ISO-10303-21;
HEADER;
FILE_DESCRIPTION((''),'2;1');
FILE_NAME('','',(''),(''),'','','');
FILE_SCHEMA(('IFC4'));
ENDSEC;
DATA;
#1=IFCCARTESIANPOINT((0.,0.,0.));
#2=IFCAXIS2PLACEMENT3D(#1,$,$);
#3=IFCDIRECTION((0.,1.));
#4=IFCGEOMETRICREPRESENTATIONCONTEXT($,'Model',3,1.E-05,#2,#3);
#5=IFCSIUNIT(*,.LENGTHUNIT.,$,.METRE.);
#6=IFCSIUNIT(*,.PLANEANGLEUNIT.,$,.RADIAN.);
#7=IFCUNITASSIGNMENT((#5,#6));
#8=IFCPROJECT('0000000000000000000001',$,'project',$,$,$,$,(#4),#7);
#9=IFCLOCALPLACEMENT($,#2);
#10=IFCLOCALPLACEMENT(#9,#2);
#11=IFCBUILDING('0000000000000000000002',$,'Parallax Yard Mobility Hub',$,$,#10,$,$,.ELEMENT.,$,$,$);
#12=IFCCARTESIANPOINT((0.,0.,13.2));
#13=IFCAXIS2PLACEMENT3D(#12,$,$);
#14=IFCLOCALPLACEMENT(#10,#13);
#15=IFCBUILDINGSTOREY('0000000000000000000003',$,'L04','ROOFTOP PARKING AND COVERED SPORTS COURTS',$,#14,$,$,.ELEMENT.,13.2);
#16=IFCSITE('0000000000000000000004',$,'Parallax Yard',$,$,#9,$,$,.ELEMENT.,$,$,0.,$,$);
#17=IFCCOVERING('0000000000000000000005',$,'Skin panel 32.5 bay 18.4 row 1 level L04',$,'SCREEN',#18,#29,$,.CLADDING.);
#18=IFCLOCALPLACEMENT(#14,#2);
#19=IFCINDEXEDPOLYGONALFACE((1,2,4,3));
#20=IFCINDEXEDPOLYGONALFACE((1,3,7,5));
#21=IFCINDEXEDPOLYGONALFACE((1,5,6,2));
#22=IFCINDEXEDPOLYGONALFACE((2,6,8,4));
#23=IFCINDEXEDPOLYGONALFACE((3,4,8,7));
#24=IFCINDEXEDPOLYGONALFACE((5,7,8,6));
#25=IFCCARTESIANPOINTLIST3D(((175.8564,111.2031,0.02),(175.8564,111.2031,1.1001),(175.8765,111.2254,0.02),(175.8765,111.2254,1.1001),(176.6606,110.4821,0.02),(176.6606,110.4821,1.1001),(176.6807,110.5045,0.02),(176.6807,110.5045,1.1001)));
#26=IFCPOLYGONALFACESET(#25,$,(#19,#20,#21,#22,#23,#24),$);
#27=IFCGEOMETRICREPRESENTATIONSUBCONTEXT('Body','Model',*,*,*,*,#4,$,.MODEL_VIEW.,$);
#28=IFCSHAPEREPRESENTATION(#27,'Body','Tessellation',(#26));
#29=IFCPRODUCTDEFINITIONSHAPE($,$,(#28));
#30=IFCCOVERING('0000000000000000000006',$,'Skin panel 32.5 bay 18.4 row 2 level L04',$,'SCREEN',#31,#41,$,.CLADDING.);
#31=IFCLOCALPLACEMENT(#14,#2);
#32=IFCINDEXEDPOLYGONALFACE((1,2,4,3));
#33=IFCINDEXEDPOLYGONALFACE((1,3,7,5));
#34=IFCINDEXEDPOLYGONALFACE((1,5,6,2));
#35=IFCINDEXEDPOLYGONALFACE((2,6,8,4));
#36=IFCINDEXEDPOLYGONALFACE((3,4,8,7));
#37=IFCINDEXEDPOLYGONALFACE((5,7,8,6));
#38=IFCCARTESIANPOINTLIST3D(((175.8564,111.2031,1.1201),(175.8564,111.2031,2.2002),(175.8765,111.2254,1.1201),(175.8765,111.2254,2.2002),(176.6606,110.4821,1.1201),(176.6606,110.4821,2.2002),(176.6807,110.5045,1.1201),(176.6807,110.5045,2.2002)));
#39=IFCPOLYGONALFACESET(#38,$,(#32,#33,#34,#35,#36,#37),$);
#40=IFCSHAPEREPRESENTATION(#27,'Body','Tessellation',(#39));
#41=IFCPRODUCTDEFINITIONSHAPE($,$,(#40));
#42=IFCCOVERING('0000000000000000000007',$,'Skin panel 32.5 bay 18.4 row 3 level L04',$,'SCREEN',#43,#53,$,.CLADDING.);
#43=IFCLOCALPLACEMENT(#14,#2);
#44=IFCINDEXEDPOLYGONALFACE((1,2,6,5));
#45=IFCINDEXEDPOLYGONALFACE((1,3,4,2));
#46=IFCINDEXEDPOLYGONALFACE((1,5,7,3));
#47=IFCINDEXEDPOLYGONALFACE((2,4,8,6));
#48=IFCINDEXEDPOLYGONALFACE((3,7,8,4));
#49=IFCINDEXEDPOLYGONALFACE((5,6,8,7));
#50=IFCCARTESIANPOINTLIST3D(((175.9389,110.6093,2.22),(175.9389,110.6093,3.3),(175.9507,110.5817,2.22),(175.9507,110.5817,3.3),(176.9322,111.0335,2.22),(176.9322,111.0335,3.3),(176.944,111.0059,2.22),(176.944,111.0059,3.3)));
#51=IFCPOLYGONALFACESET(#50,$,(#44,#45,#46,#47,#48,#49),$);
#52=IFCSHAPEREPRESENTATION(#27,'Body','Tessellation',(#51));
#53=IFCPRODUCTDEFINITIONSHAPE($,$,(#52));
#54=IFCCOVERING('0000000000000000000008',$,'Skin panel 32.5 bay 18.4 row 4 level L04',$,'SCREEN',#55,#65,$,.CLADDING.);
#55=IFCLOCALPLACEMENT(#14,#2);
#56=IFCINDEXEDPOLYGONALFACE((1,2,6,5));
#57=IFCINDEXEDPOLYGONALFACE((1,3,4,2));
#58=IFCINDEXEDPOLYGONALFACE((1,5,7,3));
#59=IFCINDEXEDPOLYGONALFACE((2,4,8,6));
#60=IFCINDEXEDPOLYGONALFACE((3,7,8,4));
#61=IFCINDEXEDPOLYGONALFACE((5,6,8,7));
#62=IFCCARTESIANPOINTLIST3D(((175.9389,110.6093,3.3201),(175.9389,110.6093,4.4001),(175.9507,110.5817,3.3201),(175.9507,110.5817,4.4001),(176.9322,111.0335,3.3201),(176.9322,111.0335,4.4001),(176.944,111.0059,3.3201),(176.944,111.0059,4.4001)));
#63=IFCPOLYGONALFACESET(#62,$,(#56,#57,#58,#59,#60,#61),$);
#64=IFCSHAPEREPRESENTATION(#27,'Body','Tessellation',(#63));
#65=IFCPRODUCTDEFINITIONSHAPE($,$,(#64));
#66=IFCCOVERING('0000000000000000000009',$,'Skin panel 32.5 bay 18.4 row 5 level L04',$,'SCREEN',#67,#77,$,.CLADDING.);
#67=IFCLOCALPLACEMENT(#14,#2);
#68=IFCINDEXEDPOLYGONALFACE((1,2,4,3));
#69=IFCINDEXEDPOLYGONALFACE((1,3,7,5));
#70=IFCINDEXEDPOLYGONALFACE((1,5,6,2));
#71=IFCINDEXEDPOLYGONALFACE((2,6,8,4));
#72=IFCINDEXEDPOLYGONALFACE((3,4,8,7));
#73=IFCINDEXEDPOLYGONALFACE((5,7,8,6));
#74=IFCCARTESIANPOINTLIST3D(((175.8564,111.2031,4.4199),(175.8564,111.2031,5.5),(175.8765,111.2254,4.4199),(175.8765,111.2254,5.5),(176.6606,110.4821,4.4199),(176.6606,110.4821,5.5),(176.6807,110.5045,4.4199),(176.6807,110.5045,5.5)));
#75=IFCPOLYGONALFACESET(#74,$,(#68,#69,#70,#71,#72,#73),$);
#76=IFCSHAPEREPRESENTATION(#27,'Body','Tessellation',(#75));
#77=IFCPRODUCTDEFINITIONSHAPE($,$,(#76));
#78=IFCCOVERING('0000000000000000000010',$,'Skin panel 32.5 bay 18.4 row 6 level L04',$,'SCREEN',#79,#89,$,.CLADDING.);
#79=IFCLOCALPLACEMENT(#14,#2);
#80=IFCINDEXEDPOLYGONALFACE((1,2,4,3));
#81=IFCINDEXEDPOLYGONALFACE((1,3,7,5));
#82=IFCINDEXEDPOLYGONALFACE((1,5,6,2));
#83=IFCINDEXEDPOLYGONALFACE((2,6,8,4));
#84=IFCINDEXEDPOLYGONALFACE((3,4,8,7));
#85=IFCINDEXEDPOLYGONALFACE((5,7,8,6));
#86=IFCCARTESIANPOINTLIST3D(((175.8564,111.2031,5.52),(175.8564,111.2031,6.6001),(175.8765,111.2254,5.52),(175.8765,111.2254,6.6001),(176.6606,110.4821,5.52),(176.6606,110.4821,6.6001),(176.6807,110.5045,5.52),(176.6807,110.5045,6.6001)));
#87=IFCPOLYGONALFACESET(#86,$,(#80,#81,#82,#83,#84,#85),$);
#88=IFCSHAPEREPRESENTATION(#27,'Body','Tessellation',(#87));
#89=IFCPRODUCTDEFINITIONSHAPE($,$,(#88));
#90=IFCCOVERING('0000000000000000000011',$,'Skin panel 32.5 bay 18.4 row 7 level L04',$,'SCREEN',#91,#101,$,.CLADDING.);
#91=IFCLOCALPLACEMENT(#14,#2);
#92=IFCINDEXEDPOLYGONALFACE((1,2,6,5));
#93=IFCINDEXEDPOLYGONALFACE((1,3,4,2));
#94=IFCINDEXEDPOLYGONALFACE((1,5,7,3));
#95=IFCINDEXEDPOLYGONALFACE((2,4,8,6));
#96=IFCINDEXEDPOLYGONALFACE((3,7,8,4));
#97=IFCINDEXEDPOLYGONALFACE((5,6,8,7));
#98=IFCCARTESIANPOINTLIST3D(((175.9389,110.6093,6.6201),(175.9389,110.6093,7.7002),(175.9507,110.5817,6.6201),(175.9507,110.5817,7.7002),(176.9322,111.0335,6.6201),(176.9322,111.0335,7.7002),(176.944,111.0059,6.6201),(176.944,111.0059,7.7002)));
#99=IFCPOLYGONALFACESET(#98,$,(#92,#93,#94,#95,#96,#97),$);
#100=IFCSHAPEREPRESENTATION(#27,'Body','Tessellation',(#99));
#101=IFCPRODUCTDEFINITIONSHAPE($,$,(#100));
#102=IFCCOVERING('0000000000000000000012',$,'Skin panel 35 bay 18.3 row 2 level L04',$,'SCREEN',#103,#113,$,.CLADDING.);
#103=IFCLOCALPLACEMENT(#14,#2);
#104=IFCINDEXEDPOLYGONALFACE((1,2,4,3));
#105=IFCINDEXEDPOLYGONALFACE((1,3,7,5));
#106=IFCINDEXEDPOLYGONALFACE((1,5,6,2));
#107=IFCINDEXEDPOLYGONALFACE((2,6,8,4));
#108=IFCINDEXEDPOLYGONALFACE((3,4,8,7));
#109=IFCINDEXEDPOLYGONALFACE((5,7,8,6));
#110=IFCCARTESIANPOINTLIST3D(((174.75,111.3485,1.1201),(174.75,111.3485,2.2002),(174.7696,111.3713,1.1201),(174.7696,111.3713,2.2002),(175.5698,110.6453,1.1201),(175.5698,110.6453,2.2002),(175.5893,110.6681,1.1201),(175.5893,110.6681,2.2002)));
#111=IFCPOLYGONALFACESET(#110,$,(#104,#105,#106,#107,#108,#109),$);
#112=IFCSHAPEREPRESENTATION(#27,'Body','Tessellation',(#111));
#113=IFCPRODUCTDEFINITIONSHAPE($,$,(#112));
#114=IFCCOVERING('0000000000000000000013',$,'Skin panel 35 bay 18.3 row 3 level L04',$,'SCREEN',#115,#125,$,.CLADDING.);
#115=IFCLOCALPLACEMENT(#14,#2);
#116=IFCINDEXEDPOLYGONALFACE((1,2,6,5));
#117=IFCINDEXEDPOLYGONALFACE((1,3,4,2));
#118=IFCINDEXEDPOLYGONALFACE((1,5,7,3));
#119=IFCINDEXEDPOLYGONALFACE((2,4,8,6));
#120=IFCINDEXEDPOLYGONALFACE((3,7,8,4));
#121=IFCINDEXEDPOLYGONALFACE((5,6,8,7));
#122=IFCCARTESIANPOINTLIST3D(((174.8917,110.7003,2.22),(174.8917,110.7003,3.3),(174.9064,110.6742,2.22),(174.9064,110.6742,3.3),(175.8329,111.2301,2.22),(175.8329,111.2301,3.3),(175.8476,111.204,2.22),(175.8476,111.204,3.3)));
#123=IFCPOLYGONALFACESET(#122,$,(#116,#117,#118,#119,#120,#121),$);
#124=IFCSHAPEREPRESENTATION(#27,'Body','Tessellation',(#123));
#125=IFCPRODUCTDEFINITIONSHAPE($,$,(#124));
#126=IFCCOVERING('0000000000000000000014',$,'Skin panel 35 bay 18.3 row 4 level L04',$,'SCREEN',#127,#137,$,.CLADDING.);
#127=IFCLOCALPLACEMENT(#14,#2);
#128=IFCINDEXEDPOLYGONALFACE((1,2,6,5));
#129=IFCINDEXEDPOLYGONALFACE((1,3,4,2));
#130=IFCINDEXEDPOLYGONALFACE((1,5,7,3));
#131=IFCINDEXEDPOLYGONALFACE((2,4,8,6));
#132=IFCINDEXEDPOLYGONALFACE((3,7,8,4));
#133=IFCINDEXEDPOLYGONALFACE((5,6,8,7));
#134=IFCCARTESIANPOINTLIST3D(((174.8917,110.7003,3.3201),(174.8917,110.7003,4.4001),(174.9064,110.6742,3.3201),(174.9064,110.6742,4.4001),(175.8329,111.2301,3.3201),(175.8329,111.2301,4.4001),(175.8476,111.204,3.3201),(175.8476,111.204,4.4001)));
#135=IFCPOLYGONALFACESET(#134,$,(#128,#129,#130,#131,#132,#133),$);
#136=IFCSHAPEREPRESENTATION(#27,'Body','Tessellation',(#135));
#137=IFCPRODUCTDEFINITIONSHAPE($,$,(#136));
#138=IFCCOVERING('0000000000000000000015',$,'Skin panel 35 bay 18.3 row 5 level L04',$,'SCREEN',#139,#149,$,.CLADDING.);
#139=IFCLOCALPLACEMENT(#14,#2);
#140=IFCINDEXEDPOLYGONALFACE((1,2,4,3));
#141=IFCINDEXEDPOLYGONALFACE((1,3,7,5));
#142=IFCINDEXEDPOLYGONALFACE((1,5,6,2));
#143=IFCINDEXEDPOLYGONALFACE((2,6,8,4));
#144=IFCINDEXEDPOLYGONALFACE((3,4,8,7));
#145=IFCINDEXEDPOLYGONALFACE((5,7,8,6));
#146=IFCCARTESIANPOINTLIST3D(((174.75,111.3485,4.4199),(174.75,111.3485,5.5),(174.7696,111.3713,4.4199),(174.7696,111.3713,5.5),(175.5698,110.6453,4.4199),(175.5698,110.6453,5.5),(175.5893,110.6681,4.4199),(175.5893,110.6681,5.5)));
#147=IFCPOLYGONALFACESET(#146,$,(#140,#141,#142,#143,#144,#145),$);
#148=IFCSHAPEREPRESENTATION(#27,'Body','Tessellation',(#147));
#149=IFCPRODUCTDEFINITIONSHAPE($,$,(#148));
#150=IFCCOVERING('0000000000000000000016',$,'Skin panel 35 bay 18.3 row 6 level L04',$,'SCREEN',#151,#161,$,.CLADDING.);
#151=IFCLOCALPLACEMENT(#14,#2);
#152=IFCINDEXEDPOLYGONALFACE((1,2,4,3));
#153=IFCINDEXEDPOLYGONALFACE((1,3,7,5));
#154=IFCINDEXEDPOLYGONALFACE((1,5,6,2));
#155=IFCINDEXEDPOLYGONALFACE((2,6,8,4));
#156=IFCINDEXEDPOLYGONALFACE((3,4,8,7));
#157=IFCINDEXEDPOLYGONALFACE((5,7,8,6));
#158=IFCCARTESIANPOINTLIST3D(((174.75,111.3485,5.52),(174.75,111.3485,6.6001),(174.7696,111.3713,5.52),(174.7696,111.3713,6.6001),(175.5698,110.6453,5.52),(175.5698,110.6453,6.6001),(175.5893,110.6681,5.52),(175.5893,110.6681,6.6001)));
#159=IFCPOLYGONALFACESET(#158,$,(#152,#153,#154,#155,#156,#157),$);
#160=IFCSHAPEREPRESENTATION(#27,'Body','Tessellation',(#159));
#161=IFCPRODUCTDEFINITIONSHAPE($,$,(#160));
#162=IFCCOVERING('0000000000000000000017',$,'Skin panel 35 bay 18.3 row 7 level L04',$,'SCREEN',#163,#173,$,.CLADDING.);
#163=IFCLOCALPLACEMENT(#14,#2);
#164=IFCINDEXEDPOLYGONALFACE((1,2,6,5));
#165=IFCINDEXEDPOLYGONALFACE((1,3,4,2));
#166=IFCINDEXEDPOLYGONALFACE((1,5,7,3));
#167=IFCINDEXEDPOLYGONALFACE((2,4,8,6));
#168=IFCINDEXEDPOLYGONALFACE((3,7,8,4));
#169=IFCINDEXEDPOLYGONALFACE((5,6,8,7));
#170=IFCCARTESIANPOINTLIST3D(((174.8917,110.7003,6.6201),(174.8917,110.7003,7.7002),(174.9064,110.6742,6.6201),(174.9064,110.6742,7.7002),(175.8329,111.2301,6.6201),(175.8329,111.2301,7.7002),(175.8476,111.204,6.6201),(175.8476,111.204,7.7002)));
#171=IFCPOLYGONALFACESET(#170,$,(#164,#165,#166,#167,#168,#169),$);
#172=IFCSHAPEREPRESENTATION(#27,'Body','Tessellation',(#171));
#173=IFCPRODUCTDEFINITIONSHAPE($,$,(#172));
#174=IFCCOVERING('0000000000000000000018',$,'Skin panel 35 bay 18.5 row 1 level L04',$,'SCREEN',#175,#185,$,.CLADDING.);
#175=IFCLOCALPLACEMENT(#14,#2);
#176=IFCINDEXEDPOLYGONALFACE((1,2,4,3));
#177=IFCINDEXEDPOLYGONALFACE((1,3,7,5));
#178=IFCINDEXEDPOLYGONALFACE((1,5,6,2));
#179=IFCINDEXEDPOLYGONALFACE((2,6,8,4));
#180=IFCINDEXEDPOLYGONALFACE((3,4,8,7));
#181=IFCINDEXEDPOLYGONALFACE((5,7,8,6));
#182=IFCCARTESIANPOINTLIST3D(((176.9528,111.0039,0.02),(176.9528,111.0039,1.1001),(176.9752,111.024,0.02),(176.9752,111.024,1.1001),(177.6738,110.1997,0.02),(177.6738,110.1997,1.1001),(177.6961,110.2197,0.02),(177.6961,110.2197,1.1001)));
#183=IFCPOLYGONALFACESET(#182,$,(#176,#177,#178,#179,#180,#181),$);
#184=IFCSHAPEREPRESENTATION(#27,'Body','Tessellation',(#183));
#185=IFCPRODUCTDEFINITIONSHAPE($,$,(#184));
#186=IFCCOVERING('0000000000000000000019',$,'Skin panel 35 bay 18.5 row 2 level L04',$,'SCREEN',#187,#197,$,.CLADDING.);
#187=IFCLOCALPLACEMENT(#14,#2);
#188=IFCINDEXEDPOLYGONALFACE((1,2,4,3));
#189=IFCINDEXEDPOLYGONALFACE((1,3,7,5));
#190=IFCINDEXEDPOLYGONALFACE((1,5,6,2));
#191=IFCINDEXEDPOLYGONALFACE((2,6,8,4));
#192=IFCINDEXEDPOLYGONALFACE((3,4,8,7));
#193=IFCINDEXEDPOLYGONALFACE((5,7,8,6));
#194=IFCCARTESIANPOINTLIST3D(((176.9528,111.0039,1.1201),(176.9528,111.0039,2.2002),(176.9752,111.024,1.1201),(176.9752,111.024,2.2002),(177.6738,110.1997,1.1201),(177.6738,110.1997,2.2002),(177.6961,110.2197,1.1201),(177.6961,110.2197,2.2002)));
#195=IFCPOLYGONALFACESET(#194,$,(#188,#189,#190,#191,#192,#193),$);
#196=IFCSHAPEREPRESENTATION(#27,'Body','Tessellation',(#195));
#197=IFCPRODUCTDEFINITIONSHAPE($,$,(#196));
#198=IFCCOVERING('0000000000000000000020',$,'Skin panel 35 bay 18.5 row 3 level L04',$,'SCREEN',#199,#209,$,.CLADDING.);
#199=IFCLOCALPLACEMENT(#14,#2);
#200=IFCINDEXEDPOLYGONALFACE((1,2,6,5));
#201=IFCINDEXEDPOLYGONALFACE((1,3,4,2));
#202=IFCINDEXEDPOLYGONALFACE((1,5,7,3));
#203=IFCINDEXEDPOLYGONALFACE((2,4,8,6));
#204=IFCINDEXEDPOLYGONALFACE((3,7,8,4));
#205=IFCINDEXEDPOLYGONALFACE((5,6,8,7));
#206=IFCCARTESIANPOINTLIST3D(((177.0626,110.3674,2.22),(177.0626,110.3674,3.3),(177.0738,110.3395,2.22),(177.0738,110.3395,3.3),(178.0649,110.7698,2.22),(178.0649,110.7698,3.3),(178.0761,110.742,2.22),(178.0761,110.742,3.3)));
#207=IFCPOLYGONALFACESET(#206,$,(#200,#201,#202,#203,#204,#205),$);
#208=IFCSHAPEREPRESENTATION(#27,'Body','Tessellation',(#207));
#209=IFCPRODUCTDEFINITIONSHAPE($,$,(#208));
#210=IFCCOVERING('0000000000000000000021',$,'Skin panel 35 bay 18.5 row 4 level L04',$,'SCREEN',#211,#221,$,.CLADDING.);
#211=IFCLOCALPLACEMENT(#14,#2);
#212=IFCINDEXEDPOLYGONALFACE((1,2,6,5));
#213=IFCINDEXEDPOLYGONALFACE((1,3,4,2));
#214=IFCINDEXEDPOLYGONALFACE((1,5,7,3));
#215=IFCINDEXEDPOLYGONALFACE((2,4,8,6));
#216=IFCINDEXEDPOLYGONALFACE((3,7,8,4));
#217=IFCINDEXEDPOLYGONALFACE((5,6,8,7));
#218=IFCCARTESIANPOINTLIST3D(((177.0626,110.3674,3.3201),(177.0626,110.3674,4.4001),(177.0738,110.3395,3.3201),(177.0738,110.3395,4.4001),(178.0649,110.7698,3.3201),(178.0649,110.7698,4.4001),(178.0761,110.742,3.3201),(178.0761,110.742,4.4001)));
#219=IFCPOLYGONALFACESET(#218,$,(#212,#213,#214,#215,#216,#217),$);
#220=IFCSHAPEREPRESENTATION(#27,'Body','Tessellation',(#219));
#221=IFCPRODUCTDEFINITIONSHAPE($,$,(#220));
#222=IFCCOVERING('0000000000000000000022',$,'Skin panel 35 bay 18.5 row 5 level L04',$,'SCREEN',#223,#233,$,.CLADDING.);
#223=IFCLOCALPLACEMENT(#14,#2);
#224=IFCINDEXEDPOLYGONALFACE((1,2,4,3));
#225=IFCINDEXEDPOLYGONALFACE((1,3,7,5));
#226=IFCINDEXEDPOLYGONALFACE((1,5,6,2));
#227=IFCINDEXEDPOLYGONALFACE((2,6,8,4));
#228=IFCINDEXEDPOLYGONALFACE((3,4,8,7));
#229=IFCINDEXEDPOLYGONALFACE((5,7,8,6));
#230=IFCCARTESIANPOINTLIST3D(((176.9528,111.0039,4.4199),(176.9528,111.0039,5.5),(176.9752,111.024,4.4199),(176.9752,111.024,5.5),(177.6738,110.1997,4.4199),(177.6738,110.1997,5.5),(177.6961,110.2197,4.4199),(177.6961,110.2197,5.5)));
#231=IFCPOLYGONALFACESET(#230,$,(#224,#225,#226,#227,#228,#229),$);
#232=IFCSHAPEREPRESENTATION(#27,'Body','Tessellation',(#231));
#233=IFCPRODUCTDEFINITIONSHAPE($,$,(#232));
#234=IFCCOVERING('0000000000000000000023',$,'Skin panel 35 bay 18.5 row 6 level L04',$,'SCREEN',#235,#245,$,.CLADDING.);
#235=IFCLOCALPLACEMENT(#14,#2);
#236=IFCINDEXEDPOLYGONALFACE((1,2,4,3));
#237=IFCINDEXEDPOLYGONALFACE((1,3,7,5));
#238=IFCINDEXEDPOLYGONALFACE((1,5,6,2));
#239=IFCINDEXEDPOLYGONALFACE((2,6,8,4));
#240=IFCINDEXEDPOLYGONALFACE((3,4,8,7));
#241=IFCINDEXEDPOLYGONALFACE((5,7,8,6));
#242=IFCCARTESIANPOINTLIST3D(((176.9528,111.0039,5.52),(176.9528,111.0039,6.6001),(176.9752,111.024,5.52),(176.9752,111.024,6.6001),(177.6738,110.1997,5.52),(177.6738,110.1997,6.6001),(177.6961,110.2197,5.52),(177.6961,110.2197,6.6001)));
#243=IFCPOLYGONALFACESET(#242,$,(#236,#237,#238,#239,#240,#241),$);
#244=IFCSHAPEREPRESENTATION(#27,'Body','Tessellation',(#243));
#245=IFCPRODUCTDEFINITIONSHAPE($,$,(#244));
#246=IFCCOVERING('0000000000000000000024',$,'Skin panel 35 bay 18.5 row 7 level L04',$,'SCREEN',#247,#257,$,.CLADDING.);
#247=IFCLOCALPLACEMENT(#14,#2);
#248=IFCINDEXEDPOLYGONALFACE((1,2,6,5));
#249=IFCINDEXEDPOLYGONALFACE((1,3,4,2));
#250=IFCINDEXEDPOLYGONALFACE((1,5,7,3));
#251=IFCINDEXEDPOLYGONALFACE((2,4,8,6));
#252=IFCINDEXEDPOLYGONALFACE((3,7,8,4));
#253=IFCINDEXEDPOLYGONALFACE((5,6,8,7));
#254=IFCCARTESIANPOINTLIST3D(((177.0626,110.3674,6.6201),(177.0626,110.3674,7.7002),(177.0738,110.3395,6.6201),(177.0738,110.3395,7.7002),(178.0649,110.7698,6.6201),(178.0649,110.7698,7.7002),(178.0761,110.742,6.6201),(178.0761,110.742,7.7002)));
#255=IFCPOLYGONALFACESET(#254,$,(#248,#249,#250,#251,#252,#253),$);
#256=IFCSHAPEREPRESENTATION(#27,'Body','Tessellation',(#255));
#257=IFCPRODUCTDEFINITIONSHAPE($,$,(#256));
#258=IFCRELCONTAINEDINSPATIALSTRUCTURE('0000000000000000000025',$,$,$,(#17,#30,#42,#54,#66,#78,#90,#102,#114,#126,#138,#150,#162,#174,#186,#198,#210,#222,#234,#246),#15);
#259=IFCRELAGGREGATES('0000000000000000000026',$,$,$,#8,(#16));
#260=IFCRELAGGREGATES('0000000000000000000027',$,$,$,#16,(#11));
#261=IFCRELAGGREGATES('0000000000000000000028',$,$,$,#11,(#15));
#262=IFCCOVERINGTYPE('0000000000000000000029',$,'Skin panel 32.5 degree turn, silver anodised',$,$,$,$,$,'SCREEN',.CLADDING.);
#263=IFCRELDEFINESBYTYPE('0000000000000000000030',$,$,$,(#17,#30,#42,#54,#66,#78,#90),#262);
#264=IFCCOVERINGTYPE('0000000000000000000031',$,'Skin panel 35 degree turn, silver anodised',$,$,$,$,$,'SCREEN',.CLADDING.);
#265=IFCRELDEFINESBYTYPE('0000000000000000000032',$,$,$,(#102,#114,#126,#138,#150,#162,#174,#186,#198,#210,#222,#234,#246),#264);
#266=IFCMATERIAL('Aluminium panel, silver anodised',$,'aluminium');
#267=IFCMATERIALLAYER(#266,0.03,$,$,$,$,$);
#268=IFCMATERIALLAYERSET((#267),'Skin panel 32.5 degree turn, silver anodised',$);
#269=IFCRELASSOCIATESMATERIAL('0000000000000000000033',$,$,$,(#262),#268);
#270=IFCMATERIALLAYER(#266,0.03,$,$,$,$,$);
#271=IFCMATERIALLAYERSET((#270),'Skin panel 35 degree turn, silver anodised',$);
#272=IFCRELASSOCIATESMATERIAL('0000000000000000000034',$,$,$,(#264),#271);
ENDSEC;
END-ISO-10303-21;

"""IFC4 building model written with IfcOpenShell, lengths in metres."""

from ifc_helpers import new_model, si_unit, direction, frame, origin, origin_2d, place, context, subcontext, project, spatial, rectangle, extrude, material, layer, layer_set, type_object, element, save


model = new_model("IFC4")

# Units and contexts
model_context = context("Model", 3, precision=1e-05, world=origin(), true_north=direction((0.0, 1.0)))
body_context = subcontext(model_context, "Body", "Model", "MODEL_VIEW")
ifc_project = project(units=[si_unit("LENGTHUNIT", "METRE"), si_unit("PLANEANGLEUNIT", "RADIAN")], contexts=[model_context])

# Site, building, storey
site_placement = place(None, origin())
site = spatial("IfcSite", under=ifc_project, at=site_placement, Name="Parallax Yard", CompositionType="ELEMENT", RefElevation=0.0)
building_placement = place(site_placement, origin())
building = spatial("IfcBuilding", under=site, at=building_placement, Name="Parallax Yard Mobility Hub", CompositionType="ELEMENT")
storey_placement = place(building_placement, frame((0.0, 0.0, 13.2)))
storey = spatial("IfcBuildingStorey", under=building, at=storey_placement, Name="L04", Description="ROOFTOP PARKING AND COVERED SPORTS COURTS", CompositionType="ELEMENT", Elevation=13.2)

# Coverings
ifc_material_1 = material(Name="Aluminium panel, silver anodised", Category="aluminium")
ifc_layer_1 = layer(ifc_material_1, 0.03)
ifc_layer_set_1 = layer_set([ifc_layer_1], Name="Skin panel 32.5 degree turn, silver anodised")
covering_type_1 = type_object("IfcCoveringType", Name="Skin panel 32.5 degree turn, silver anodised", ElementType="SCREEN", PredefinedType="CLADDING", material=ifc_layer_set_1)
for number, where, z_axis, x_axis, name in (
    (1, (176.2686, 110.8538, 0.02), (0.0, 0.0, 1.0), (0.744603, -0.667508, 0.0), "Skin panel 32.5 bay 18.4 row 1 level L04"),
    (2, (176.2686, 110.8538, 1.1201), (0.0, 0.0, 1.0), (0.744603, -0.667508, 0.0), "Skin panel 32.5 bay 18.4 row 2 level L04"),
    (3, (176.4414, 110.8076, 2.22), (0.0, 0.0, 1.0), (-0.91965, -0.392738, 0.0), "Skin panel 32.5 bay 18.4 row 3 level L04"),
    (4, (176.4414, 110.8076, 3.3201), (0.0, 0.0, 1.0), (-0.91965, -0.392738, 0.0), "Skin panel 32.5 bay 18.4 row 4 level L04"),
    (5, (176.2686, 110.8538, 4.4199), (0.0, 0.0, 1.0), (0.744603, -0.667508, 0.0), "Skin panel 32.5 bay 18.4 row 5 level L04"),
    (6, (176.2686, 110.8538, 5.52), (0.0, 0.0, 1.0), (0.744603, -0.667508, 0.0), "Skin panel 32.5 bay 18.4 row 6 level L04"),
    (7, (176.4414, 110.8076, 6.6201), (0.0, 0.0, 1.0), (-0.91965, -0.392738, 0.0), "Skin panel 32.5 bay 18.4 row 7 level L04"),
):
    element("IfcCovering", number, at=place(storey_placement, frame(where, z_axis=z_axis, x_axis=x_axis)), inside=storey, type_object=covering_type_1, Name=name, ObjectType="SCREEN", PredefinedType="CLADDING", context=body_context, shape_type="SweptSolid", body=[
        extrude(rectangle(XDim=1.0801, YDim=0.03, at=origin_2d()), origin(), (0.0, 0.0, 1.0), 1.0801),
    ])
ifc_layer_2 = layer(ifc_material_1, 0.03)
ifc_layer_set_2 = layer_set([ifc_layer_2], Name="Skin panel 35 degree turn, silver anodised")
covering_type_2 = type_object("IfcCoveringType", Name="Skin panel 35 degree turn, silver anodised", ElementType="SCREEN", PredefinedType="CLADDING", material=ifc_layer_set_2)
for number, where, z_axis, x_axis, name in (
    (8, (175.1697, 111.0083, 1.1201), (0.0, 0.0, 1.0), (0.758987, -0.651105, 0.0), "Skin panel 35 bay 18.3 row 2 level L04"),
    (9, (175.3696, 110.9521, 2.22), (0.0, 0.0, 1.0), (-0.871428, -0.490524, 0.0), "Skin panel 35 bay 18.3 row 3 level L04"),
    (10, (175.3696, 110.9521, 3.3201), (0.0, 0.0, 1.0), (-0.871428, -0.490524, 0.0), "Skin panel 35 bay 18.3 row 4 level L04"),
    (11, (175.1697, 111.0083, 4.4199), (0.0, 0.0, 1.0), (0.758987, -0.651105, 0.0), "Skin panel 35 bay 18.3 row 5 level L04"),
    (12, (175.1697, 111.0083, 5.52), (0.0, 0.0, 1.0), (0.758987, -0.651105, 0.0), "Skin panel 35 bay 18.3 row 6 level L04"),
    (13, (175.3696, 110.9521, 6.6201), (0.0, 0.0, 1.0), (-0.871428, -0.490524, 0.0), "Skin panel 35 bay 18.3 row 7 level L04"),
    (14, (177.3245, 110.6118, 0.02), (0.0, 0.0, 1.0), (0.667508, -0.744603, 0.0), "Skin panel 35 bay 18.5 row 1 level L04"),
    (15, (177.3245, 110.6118, 1.1201), (0.0, 0.0, 1.0), (0.667508, -0.744603, 0.0), "Skin panel 35 bay 18.5 row 2 level L04"),
    (16, (177.5693, 110.5547, 2.22), (0.0, 0.0, 1.0), (-0.927999, -0.372583, 0.0), "Skin panel 35 bay 18.5 row 3 level L04"),
    (17, (177.5693, 110.5547, 3.3201), (0.0, 0.0, 1.0), (-0.927999, -0.372583, 0.0), "Skin panel 35 bay 18.5 row 4 level L04"),
    (18, (177.3245, 110.6118, 4.4199), (0.0, 0.0, 1.0), (0.667508, -0.744603, 0.0), "Skin panel 35 bay 18.5 row 5 level L04"),
    (19, (177.3245, 110.6118, 5.52), (0.0, 0.0, 1.0), (0.667508, -0.744603, 0.0), "Skin panel 35 bay 18.5 row 6 level L04"),
    (20, (177.5693, 110.5547, 6.6201), (0.0, 0.0, 1.0), (-0.927999, -0.372583, 0.0), "Skin panel 35 bay 18.5 row 7 level L04"),
):
    element("IfcCovering", number, at=place(storey_placement, frame(where, z_axis=z_axis, x_axis=x_axis)), inside=storey, type_object=covering_type_2, Name=name, ObjectType="SCREEN", PredefinedType="CLADDING", context=body_context, shape_type="SweptSolid", body=[
        extrude(rectangle(XDim=1.0801, YDim=0.03, at=origin_2d()), origin(), (0.0, 0.0, 1.0), 1.0801),
    ])

save(model, "model.ifc")
